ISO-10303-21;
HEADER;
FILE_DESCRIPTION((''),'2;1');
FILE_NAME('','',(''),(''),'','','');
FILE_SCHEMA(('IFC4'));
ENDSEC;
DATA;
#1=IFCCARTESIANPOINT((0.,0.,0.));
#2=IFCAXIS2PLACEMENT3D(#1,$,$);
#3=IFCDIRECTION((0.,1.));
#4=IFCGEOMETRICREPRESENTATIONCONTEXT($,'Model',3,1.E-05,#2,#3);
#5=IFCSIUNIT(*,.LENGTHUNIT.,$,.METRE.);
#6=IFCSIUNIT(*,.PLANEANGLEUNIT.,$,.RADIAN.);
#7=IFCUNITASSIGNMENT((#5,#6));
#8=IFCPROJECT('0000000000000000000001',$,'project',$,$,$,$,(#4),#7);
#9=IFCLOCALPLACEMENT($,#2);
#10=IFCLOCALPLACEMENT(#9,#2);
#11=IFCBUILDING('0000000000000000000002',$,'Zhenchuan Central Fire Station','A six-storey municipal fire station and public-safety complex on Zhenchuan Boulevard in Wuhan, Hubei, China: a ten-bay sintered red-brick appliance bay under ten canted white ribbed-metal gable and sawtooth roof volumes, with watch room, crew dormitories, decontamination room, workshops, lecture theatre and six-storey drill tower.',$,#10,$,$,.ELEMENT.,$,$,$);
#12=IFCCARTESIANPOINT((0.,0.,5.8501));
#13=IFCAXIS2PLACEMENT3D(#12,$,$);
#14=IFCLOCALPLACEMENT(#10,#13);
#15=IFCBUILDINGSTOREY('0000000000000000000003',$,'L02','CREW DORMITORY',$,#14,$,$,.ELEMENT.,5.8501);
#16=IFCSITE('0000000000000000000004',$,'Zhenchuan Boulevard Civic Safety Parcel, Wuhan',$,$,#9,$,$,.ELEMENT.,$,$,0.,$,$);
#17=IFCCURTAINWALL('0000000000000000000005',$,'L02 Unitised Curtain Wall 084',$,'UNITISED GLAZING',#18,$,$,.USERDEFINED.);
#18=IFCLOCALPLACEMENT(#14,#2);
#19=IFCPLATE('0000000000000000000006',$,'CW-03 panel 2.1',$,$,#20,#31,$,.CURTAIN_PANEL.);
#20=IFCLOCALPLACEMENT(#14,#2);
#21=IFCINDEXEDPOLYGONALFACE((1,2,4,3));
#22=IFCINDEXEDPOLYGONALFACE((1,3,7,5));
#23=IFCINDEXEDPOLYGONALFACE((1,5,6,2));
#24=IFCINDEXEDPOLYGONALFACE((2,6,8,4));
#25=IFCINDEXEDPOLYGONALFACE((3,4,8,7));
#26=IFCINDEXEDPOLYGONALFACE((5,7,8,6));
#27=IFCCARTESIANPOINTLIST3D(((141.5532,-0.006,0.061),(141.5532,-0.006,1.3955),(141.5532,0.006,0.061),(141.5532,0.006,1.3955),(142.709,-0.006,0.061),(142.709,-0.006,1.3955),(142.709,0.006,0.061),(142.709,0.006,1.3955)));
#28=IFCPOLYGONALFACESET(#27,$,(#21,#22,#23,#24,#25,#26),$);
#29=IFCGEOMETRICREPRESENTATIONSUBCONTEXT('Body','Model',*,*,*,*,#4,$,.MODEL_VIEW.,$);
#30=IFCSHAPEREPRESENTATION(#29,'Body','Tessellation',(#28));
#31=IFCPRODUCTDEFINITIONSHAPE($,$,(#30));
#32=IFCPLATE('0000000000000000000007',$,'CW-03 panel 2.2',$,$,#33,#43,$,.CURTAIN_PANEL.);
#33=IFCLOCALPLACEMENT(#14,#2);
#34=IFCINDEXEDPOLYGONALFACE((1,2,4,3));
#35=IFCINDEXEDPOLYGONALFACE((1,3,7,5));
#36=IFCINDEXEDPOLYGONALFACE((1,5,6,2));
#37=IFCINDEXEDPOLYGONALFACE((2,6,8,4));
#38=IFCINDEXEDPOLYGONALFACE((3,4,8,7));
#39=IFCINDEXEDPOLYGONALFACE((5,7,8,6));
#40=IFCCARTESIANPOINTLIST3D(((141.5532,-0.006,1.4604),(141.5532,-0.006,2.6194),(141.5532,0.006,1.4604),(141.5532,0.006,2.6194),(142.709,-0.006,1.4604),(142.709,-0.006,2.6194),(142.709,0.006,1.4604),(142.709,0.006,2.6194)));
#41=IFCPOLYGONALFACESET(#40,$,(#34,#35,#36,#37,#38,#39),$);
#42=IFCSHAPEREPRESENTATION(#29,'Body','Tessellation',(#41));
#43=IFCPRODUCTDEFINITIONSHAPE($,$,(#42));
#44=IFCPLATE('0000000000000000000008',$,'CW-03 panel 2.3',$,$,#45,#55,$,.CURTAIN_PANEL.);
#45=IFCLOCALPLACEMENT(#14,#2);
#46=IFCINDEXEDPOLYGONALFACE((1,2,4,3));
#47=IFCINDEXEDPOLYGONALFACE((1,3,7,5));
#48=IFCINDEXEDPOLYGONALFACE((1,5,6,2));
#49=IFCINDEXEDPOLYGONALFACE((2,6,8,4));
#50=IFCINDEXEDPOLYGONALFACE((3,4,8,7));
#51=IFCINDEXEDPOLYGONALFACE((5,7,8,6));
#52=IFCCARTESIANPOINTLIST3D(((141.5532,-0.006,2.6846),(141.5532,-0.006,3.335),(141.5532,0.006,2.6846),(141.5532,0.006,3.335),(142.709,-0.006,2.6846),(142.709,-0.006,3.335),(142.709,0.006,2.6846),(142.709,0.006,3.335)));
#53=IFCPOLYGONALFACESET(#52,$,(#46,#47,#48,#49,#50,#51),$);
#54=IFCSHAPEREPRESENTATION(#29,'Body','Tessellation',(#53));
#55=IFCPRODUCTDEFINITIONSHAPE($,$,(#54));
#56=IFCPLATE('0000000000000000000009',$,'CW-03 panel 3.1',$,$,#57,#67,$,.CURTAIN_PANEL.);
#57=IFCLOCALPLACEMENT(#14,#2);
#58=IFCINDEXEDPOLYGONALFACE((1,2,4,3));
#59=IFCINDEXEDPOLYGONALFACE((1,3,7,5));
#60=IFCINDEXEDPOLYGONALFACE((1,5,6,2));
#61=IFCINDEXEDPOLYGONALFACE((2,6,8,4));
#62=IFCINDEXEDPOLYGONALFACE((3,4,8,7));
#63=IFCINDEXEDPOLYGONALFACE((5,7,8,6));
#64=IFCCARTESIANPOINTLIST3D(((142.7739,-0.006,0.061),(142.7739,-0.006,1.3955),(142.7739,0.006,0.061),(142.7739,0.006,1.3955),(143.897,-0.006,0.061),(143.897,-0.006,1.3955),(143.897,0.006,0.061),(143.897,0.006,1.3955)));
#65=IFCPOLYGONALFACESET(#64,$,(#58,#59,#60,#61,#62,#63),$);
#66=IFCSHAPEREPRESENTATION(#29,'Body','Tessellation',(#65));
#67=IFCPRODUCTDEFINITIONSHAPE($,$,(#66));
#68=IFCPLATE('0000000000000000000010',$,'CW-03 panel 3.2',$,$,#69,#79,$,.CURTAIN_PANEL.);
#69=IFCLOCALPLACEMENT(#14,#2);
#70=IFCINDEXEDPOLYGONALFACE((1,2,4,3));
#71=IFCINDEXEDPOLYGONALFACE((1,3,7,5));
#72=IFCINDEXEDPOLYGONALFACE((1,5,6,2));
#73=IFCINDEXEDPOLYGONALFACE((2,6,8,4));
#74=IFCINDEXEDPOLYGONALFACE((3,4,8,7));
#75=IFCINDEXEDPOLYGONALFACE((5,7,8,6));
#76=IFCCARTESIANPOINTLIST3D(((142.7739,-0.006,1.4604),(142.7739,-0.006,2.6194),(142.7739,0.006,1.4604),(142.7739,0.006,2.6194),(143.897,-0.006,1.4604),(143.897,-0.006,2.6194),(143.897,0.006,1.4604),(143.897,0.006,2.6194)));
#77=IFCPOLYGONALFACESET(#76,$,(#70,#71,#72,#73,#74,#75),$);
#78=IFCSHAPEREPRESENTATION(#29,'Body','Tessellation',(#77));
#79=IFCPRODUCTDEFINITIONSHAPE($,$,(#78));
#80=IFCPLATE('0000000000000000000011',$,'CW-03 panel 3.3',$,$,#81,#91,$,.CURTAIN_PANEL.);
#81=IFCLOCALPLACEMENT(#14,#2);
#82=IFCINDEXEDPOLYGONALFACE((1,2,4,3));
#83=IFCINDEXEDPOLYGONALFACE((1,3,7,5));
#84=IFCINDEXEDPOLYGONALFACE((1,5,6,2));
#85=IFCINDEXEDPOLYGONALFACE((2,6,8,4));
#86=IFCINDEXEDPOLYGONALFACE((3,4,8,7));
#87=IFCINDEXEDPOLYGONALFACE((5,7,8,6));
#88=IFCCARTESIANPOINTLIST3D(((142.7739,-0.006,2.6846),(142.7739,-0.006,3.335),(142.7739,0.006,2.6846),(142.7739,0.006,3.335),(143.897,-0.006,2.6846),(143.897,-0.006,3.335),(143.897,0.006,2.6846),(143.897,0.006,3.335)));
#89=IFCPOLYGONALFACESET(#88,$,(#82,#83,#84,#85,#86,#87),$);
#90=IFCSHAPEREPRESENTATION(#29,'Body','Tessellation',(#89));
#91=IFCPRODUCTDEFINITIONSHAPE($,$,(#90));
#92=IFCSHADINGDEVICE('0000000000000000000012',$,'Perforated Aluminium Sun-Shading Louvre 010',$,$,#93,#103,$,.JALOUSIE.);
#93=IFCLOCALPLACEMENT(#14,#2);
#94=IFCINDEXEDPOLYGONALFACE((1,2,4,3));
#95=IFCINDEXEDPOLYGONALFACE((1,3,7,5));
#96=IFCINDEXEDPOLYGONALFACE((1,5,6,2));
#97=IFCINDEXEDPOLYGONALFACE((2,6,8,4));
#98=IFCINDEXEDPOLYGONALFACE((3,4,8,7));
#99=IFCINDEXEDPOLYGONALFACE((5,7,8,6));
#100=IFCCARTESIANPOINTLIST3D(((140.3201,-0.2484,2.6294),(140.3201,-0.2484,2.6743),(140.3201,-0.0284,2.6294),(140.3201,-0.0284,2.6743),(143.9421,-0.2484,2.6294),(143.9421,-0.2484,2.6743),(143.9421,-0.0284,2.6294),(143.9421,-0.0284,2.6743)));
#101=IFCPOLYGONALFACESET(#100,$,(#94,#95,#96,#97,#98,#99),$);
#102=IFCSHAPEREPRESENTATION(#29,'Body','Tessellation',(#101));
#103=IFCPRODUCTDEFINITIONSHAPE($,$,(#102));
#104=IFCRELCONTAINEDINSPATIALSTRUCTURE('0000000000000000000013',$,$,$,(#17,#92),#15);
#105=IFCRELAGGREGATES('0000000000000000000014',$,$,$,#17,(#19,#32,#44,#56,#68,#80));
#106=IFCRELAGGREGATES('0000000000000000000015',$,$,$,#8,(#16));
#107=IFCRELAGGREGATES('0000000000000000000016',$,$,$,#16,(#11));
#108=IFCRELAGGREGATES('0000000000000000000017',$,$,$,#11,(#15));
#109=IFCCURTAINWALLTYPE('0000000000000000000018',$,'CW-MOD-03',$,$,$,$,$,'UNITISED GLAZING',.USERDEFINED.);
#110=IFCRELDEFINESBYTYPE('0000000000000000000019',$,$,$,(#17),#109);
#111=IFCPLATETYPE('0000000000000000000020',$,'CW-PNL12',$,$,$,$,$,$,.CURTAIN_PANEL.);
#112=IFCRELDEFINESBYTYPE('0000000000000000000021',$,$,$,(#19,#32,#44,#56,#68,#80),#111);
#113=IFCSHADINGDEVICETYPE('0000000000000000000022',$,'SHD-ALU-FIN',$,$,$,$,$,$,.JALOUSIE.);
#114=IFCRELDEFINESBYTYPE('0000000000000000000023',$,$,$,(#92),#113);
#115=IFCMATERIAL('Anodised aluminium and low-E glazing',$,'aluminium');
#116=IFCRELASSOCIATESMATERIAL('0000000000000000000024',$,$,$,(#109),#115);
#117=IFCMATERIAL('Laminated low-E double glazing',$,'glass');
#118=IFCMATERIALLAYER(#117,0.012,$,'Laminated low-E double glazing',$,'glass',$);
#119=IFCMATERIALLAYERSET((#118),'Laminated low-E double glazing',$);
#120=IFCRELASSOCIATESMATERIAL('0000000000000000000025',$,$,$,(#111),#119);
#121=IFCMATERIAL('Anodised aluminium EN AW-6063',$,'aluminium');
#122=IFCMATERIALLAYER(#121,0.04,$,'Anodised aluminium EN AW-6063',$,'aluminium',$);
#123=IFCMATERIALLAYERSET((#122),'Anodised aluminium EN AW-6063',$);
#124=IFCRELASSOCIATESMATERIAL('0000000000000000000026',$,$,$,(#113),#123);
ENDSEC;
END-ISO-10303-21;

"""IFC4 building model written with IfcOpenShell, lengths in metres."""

from ifc_helpers import new_model, si_unit, direction, frame, origin, origin_2d, place, context, subcontext, project, spatial, rectangle, extrude, material, layer, layer_set, type_object, element, aggregate, save


model = new_model("IFC4")

# Units and contexts
model_context = context("Model", 3, precision=1e-05, world=origin(), true_north=direction((0.0, 1.0)))
body_context = subcontext(model_context, "Body", "Model", "MODEL_VIEW")
ifc_project = project(units=[si_unit("LENGTHUNIT", "METRE"), si_unit("PLANEANGLEUNIT", "RADIAN")], contexts=[model_context])

# Site, building, storey
site_placement = place(None, origin())
site = spatial("IfcSite", under=ifc_project, at=site_placement, Name="Zhenchuan Boulevard Civic Safety Parcel, Wuhan", CompositionType="ELEMENT", RefElevation=0.0)
building_placement = place(site_placement, origin())
building = spatial("IfcBuilding", under=site, at=building_placement, Name="Zhenchuan Central Fire Station", Description="A six-storey municipal fire station and public-safety complex on Zhenchuan Boulevard in Wuhan, Hubei, China: a ten-bay sintered red-brick appliance bay under ten canted white ribbed-metal gable and sawtooth roof volumes, with watch room, crew dormitories, decontamination room, workshops, lecture theatre and six-storey drill tower.", CompositionType="ELEMENT")
storey_placement = place(building_placement, frame((0.0, 0.0, 5.8501)))
storey = spatial("IfcBuildingStorey", under=building, at=storey_placement, Name="L02", Description="CREW DORMITORY", CompositionType="ELEMENT", Elevation=5.8501)

# Curtain wall
ifc_material_1 = material(Name="Anodised aluminium and low-E glazing", Category="aluminium")
curtain_wall_type_1 = type_object("IfcCurtainWallType", Name="CW-MOD-03", ElementType="UNITISED GLAZING", PredefinedType="USERDEFINED", material=ifc_material_1)
curtain_wall_1_placement = place(storey_placement, origin())
curtain_wall_1 = element("IfcCurtainWall", 1, at=curtain_wall_1_placement, inside=storey, type_object=curtain_wall_type_1, Name="L02 Unitised Curtain Wall 084", ObjectType="UNITISED GLAZING", PredefinedType="USERDEFINED")
ifc_material_2 = material(Name="Anodised aluminium EN AW-6063", Category="aluminium")

# Plates
ifc_material_3 = material(Name="Laminated low-E double glazing", Category="glass")
ifc_layer_1 = layer(ifc_material_3, 0.012, Name="Laminated low-E double glazing", Category="glass")
ifc_layer_set_1 = layer_set([ifc_layer_1], Name="Laminated low-E double glazing")
plate_type = type_object("IfcPlateType", Name="CW-PNL12", PredefinedType="CURTAIN_PANEL", material=ifc_layer_set_1)
plate_1_placement = place(storey_placement, frame((142.1311, 0.0, 0.061), z_axis=(0.0, 0.0, 1.0), x_axis=(1.0, 0.0, 0.0)))
plate_1 = element("IfcPlate", 2, at=plate_1_placement, type_object=plate_type, Name="CW-03 panel 2.1", PredefinedType="CURTAIN_PANEL", context=body_context, shape_type="SweptSolid", body=[
    extrude(rectangle(XDim=1.1558, YDim=0.012, at=origin_2d()), origin(), (0.0, 0.0, 1.0), 1.3345),
])
plate_2_placement = place(storey_placement, frame((142.1311, 0.0, 1.4604), z_axis=(0.0, 0.0, 1.0), x_axis=(1.0, 0.0, 0.0)))
plate_2 = element("IfcPlate", 3, at=plate_2_placement, type_object=plate_type, Name="CW-03 panel 2.2", PredefinedType="CURTAIN_PANEL", context=body_context, shape_type="SweptSolid", body=[
    extrude(rectangle(XDim=1.1558, YDim=0.012, at=origin_2d()), origin(), (0.0, 0.0, 1.0), 1.1589),
])
plate_3_placement = place(storey_placement, frame((142.1311, 0.0, 2.6846), z_axis=(0.0, 0.0, 1.0), x_axis=(1.0, 0.0, 0.0)))
plate_3 = element("IfcPlate", 4, at=plate_3_placement, type_object=plate_type, Name="CW-03 panel 2.3", PredefinedType="CURTAIN_PANEL", context=body_context, shape_type="SweptSolid", body=[
    extrude(rectangle(XDim=1.1558, YDim=0.012, at=origin_2d()), origin(), (0.0, 0.0, 1.0), 0.6504),
])
plate_4_placement = place(storey_placement, frame((143.3354, 0.0, 0.061), z_axis=(0.0, 0.0, 1.0), x_axis=(1.0, 0.0, 0.0)))
plate_4 = element("IfcPlate", 5, at=plate_4_placement, type_object=plate_type, Name="CW-03 panel 3.1", PredefinedType="CURTAIN_PANEL", context=body_context, shape_type="SweptSolid", body=[
    extrude(rectangle(XDim=1.123, YDim=0.012, at=origin_2d()), origin(), (0.0, 0.0, 1.0), 1.3345),
])
plate_5_placement = place(storey_placement, frame((143.3354, 0.0, 1.4604), z_axis=(0.0, 0.0, 1.0), x_axis=(1.0, 0.0, 0.0)))
plate_5 = element("IfcPlate", 6, at=plate_5_placement, type_object=plate_type, Name="CW-03 panel 3.2", PredefinedType="CURTAIN_PANEL", context=body_context, shape_type="SweptSolid", body=[
    extrude(rectangle(XDim=1.123, YDim=0.012, at=origin_2d()), origin(), (0.0, 0.0, 1.0), 1.1589),
])
plate_6_placement = place(storey_placement, frame((143.3354, 0.0, 2.6846), z_axis=(0.0, 0.0, 1.0), x_axis=(1.0, 0.0, 0.0)))
plate_6 = element("IfcPlate", 7, at=plate_6_placement, type_object=plate_type, Name="CW-03 panel 3.3", PredefinedType="CURTAIN_PANEL", context=body_context, shape_type="SweptSolid", body=[
    extrude(rectangle(XDim=1.123, YDim=0.012, at=origin_2d()), origin(), (0.0, 0.0, 1.0), 0.6504),
])
aggregate(curtain_wall_1, [plate_1, plate_2, plate_3, plate_4, plate_5, plate_6])

# Shading device
ifc_layer_2 = layer(ifc_material_2, 0.04, Name="Anodised aluminium EN AW-6063", Category="aluminium")
ifc_layer_set_2 = layer_set([ifc_layer_2], Name="Anodised aluminium EN AW-6063")
shading_device_type = type_object("IfcShadingDeviceType", Name="SHD-ALU-FIN", PredefinedType="JALOUSIE", material=ifc_layer_set_2)
shading_device_placement = place(storey_placement, frame((142.1311, -0.1384, 2.6294), z_axis=(0.0, 0.0, 1.0), x_axis=(1.0, 0.0, 0.0)))
element("IfcShadingDevice", 8, at=shading_device_placement, inside=storey, type_object=shading_device_type, Name="Perforated Aluminium Sun-Shading Louvre 010", PredefinedType="JALOUSIE", context=body_context, shape_type="SweptSolid", body=[
    extrude(rectangle(XDim=3.6221, YDim=0.22, at=origin_2d()), origin(), (0.0, 0.0, 1.0), 0.0449),
])

save(model, "model.ifc")
